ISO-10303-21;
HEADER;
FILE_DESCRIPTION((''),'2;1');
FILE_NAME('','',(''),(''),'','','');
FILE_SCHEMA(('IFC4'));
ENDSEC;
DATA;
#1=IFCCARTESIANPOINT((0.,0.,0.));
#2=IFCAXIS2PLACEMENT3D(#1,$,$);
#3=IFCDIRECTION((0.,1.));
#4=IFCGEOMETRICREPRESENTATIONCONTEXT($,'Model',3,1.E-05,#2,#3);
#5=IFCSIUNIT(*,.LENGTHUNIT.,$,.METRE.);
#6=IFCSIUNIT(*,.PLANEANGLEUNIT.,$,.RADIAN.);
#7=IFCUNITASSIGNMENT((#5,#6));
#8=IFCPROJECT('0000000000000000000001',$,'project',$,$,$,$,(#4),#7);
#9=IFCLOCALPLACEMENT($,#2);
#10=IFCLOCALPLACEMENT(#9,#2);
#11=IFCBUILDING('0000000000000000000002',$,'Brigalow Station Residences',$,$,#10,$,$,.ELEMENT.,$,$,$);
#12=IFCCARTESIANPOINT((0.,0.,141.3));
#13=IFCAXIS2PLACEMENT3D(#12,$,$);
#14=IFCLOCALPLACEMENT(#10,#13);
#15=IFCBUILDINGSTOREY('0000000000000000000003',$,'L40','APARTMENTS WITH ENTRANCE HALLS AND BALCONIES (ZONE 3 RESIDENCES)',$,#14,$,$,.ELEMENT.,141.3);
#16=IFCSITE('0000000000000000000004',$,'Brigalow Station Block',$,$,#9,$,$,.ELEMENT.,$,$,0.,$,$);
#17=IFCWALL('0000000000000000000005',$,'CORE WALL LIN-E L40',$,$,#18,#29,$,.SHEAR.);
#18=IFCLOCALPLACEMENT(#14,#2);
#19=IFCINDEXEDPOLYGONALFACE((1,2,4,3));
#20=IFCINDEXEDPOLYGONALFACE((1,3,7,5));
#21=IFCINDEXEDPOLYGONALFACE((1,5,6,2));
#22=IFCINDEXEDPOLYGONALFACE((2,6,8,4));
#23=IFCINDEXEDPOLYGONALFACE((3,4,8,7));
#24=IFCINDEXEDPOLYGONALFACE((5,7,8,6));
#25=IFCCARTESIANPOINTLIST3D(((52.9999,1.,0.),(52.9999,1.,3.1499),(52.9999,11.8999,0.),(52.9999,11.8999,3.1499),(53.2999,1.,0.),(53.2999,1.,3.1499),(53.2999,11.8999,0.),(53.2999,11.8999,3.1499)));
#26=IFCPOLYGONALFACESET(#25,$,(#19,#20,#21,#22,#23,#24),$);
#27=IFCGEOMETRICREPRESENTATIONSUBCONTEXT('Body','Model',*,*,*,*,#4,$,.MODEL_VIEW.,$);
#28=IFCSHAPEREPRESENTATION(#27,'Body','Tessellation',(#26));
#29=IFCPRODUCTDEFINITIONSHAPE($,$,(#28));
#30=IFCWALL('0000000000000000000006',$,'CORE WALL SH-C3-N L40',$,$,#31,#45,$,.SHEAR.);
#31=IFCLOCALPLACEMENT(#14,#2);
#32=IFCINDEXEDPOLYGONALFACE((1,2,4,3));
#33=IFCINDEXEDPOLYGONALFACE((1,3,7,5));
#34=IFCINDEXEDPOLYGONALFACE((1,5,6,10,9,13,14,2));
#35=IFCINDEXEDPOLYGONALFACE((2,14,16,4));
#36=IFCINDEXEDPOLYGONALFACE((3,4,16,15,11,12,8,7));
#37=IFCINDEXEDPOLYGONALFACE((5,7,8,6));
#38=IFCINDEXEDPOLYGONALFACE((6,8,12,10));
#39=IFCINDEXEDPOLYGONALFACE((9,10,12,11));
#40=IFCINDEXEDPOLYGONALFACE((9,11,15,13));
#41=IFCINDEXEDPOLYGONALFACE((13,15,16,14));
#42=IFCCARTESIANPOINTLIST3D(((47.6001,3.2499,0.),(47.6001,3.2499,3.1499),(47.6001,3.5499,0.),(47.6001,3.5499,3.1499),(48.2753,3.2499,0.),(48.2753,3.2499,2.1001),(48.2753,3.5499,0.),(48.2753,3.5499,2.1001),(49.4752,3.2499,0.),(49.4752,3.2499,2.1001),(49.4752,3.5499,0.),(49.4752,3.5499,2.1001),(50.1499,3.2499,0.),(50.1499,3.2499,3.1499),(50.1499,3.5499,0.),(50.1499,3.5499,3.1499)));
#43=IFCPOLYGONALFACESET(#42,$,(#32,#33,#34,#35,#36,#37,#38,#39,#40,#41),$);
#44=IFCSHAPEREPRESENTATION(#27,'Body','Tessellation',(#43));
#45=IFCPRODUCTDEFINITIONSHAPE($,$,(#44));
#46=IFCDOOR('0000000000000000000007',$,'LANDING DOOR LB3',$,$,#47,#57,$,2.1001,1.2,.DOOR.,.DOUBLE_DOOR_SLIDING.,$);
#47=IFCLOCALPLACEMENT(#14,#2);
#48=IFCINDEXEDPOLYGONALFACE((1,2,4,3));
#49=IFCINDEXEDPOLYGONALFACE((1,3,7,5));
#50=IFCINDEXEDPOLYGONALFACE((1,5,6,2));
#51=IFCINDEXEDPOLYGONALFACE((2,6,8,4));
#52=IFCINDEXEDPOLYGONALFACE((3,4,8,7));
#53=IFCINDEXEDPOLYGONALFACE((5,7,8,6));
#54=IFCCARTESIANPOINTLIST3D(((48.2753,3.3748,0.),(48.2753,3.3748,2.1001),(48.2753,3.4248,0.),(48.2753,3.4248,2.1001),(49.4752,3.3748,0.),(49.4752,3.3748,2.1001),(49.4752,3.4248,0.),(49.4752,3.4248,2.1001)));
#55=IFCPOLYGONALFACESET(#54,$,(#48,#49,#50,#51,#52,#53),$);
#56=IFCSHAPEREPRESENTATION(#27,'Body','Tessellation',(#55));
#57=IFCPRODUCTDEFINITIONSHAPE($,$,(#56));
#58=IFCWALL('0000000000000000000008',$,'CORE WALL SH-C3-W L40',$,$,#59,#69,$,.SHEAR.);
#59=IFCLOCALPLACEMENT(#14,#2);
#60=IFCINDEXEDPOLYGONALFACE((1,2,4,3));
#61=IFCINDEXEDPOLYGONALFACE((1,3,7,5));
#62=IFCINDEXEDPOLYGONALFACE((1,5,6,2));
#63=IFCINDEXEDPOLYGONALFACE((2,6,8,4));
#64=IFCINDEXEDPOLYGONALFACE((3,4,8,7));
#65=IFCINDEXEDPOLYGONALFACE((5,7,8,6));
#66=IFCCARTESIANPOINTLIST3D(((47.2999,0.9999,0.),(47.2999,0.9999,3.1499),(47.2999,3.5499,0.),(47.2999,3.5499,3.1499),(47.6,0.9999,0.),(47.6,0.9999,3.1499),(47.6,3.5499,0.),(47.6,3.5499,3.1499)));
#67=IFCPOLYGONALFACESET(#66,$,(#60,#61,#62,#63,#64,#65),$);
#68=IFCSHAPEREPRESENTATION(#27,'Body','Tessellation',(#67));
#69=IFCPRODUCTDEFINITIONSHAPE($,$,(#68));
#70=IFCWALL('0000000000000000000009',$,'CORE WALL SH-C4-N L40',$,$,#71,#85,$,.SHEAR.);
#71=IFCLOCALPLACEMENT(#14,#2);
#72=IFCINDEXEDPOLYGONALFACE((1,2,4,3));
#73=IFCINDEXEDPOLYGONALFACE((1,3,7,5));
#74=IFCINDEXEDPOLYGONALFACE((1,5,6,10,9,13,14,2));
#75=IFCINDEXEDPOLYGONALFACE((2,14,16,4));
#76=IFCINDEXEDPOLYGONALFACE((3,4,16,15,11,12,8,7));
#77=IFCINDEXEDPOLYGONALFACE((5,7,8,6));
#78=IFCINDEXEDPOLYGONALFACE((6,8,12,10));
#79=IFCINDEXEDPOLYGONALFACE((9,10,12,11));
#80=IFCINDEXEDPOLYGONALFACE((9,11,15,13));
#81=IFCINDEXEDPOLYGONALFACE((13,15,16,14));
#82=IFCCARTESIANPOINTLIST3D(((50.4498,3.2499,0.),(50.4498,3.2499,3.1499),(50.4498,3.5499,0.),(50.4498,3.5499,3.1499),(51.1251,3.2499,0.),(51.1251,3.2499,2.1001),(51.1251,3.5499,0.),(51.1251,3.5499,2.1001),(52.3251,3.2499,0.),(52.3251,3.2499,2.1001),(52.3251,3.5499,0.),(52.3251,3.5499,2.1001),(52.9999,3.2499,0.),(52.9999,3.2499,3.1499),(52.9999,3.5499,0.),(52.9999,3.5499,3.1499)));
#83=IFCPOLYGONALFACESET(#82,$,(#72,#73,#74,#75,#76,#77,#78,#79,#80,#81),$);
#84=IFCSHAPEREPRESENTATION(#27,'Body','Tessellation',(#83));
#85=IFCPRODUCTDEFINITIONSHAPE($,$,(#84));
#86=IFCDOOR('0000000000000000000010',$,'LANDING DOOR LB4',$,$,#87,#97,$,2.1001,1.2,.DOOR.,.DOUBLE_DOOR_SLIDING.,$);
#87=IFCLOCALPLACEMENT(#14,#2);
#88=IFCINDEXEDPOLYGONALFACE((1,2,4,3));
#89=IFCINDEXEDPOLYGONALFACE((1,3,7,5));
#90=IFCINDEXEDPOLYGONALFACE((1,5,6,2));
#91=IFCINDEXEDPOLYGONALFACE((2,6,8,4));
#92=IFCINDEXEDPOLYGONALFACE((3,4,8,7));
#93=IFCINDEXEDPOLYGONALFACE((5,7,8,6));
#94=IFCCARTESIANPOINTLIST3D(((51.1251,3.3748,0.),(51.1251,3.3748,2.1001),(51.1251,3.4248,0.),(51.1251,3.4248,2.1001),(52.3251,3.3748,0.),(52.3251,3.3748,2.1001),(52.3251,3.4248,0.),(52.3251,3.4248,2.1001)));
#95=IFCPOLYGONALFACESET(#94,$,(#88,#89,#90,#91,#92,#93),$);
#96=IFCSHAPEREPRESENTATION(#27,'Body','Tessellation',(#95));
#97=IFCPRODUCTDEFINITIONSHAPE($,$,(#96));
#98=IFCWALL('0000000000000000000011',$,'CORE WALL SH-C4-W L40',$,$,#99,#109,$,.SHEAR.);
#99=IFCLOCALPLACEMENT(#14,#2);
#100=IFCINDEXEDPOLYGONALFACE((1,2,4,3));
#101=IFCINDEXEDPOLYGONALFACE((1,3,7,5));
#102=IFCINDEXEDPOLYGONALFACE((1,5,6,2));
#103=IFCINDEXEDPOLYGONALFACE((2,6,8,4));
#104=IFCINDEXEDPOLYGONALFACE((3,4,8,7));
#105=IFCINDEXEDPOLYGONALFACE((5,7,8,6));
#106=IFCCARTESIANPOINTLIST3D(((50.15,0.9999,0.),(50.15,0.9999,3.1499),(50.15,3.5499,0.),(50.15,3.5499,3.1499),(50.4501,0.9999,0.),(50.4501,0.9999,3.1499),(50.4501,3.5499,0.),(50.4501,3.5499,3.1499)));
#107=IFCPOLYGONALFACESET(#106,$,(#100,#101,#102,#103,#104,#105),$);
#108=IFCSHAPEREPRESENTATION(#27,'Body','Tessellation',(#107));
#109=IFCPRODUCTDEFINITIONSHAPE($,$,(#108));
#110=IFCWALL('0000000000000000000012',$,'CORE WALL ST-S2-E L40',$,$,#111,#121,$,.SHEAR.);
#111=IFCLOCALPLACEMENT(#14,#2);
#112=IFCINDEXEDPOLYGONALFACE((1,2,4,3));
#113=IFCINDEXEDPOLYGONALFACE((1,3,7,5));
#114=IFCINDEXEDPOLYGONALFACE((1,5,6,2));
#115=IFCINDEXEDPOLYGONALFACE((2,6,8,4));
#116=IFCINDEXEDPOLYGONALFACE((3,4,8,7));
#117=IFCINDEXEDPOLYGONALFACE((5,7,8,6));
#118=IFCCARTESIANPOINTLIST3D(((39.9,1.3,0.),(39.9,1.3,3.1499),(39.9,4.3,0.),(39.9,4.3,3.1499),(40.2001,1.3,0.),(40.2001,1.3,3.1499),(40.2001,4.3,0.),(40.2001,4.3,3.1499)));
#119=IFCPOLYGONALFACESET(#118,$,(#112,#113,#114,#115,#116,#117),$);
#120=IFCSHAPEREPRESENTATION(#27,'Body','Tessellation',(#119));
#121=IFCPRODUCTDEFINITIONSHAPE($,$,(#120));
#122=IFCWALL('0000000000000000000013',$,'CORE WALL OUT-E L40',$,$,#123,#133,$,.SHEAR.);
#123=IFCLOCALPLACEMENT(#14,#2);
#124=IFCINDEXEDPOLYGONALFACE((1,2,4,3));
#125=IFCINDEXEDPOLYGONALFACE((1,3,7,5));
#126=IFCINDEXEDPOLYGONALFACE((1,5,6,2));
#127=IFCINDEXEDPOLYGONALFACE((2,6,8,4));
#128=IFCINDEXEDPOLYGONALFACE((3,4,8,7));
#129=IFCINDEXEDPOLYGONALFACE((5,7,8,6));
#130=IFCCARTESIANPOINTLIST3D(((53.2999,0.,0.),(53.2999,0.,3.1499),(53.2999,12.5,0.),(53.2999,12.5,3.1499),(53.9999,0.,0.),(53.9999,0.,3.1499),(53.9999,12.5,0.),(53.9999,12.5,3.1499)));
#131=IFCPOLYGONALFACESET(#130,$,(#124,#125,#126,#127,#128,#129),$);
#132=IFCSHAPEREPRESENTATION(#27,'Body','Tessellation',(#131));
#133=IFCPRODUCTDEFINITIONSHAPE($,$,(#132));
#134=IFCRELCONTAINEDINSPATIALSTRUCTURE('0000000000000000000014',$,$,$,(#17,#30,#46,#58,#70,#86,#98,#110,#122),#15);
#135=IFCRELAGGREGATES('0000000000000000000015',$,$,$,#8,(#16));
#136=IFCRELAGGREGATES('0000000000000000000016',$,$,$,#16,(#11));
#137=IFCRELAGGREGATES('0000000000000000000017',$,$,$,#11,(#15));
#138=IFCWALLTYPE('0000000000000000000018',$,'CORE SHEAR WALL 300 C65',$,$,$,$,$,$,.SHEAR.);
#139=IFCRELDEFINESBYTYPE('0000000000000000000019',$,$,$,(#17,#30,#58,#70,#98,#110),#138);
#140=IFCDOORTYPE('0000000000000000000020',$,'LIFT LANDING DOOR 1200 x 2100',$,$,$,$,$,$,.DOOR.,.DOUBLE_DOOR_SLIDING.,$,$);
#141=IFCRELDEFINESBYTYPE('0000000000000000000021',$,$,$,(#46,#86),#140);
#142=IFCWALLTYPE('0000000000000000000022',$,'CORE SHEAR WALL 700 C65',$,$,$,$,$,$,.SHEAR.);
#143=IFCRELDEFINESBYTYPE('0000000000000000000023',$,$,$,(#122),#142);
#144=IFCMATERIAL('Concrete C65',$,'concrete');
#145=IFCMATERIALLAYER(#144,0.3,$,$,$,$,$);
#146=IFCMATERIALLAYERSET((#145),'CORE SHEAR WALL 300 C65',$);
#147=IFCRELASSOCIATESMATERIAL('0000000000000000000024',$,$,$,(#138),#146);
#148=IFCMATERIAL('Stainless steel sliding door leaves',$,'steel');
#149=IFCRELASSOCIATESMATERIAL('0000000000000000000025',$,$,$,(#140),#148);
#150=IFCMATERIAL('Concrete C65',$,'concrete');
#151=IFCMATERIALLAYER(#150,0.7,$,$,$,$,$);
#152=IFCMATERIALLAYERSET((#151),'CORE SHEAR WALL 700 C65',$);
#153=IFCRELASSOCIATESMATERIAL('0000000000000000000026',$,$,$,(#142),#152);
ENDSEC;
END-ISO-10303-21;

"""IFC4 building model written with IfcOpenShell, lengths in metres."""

from ifc_helpers import new_model, si_unit, direction, frame, frame_2d, origin, place, context, subcontext, project, spatial, rectangle, extrude, material, layer, layer_set, type_object, element, fill, save


model = new_model("IFC4")

# Units and contexts
model_context = context("Model", 3, precision=1e-05, world=origin(), true_north=direction((0.0, 1.0)))
body_context = subcontext(model_context, "Body", "Model", "MODEL_VIEW")
ifc_project = project(units=[si_unit("LENGTHUNIT", "METRE"), si_unit("PLANEANGLEUNIT", "RADIAN")], contexts=[model_context])

# Site, building, storey
site_placement = place(None, origin())
site = spatial("IfcSite", under=ifc_project, at=site_placement, Name="Brigalow Station Block", CompositionType="ELEMENT", RefElevation=0.0)
building_placement = place(site_placement, origin())
building = spatial("IfcBuilding", under=site, at=building_placement, Name="Brigalow Station Residences", CompositionType="ELEMENT")
storey_placement = place(building_placement, frame((0.0, 0.0, 141.3)))
storey = spatial("IfcBuildingStorey", under=building, at=storey_placement, Name="L40", Description="APARTMENTS WITH ENTRANCE HALLS AND BALCONIES (ZONE 3 RESIDENCES)", CompositionType="ELEMENT", Elevation=141.3)

# Wall
ifc_material_1 = material(Name="Concrete C65", Category="concrete")
ifc_layer_1 = layer(ifc_material_1, 0.3)
ifc_layer_set_1 = layer_set([ifc_layer_1], Name="CORE SHEAR WALL 300 C65")
wall_type_1 = type_object("IfcWallType", Name="CORE SHEAR WALL 300 C65", PredefinedType="SHEAR", material=ifc_layer_set_1)
wall_1_placement = place(storey_placement, frame((53.1499, 1.0, 0.0), z_axis=(0.0, 0.0, 1.0), x_axis=(0.0, 1.0, 0.0)))
element("IfcWall", 1, at=wall_1_placement, inside=storey, type_object=wall_type_1, Name="CORE WALL LIN-E L40", PredefinedType="SHEAR", context=body_context, shape_type="SweptSolid", body=[
    extrude(rectangle(XDim=10.8999, YDim=0.3, at=frame_2d((5.45, 0.0))), origin(), (0.0, 0.0, 1.0), 3.1499),
])

# Wall, opening, door
wall_2_placement = place(storey_placement, frame((47.6001, 3.3999, 0.0), z_axis=(0.0, 0.0, 1.0), x_axis=(1.0, 0.0, 0.0)))
wall_2 = element("IfcWall", 2, at=wall_2_placement, inside=storey, type_object=wall_type_1, Name="CORE WALL SH-C3-N L40", PredefinedType="SHEAR", context=body_context, shape_type="SweptSolid", body=[
    extrude(rectangle(XDim=2.5498, YDim=0.3, at=frame_2d((1.2749, 0.0))), origin(), (0.0, 0.0, 1.0), 3.1499),
])
opening_1_placement = place(wall_2_placement, frame((0.675, 0.0, 0.0)))
opening_1 = element("IfcOpeningElement", 3, at=opening_1_placement, cuts=wall_2, PredefinedType="OPENING", context=body_context, shape_type="SweptSolid", body=[
    extrude(rectangle(XDim=1.2, YDim=2.1001, at=frame_2d((0.6001, 1.05))), frame((0.0, 0.1602, 0.0), z_axis=(0.0, -1.0, 0.0), x_axis=(1.0, 0.0, 0.0)), (0.0, 0.0, 1.0), 0.3201),
])
ifc_material_2 = material(Name="Stainless steel sliding door leaves", Category="steel")
door_type_1 = type_object("IfcDoorType", Name="LIFT LANDING DOOR 1200 x 2100", OperationType="DOUBLE_DOOR_SLIDING", PredefinedType="DOOR", material=ifc_material_2)
door_1_placement = place(opening_1_placement, origin())
door_1 = element("IfcDoor", 4, at=door_1_placement, inside=storey, type_object=door_type_1, Name="LANDING DOOR LB3", OperationType="DOUBLE_DOOR_SLIDING", OverallHeight=2.1001, OverallWidth=1.2, PredefinedType="DOOR", context=body_context, shape_type="SweptSolid", body=[
    extrude(rectangle(XDim=1.2, YDim=2.1001, at=frame_2d((0.6001, 1.05))), frame((0.0, 0.0249, 0.0), z_axis=(0.0, -1.0, 0.0), x_axis=(1.0, 0.0, 0.0)), (0.0, 0.0, 1.0), 0.05),
])
fill(opening_1, door_1)

# Wall
wall_3_placement = place(storey_placement, frame((47.45, 1.0, 0.0), z_axis=(0.0, 0.0, 1.0), x_axis=(0.0, 1.0, 0.0)))
element("IfcWall", 5, at=wall_3_placement, inside=storey, type_object=wall_type_1, Name="CORE WALL SH-C3-W L40", PredefinedType="SHEAR", context=body_context, shape_type="SweptSolid", body=[
    extrude(rectangle(XDim=2.55, YDim=0.3, at=frame_2d((1.2749, 0.0))), origin(), (0.0, 0.0, 1.0), 3.1499),
])

# Wall, opening, door
wall_4_placement = place(storey_placement, frame((50.45, 3.3999, 0.0), z_axis=(0.0, 0.0, 1.0), x_axis=(1.0, 0.0, 0.0)))
wall_4 = element("IfcWall", 6, at=wall_4_placement, inside=storey, type_object=wall_type_1, Name="CORE WALL SH-C4-N L40", PredefinedType="SHEAR", context=body_context, shape_type="SweptSolid", body=[
    extrude(rectangle(XDim=2.55, YDim=0.3, at=frame_2d((1.2749, 0.0))), origin(), (0.0, 0.0, 1.0), 3.1499),
])
opening_2_placement = place(wall_4_placement, frame((0.675, 0.0, 0.0)))
opening_2 = element("IfcOpeningElement", 7, at=opening_2_placement, cuts=wall_4, PredefinedType="OPENING", context=body_context, shape_type="SweptSolid", body=[
    extrude(rectangle(XDim=1.2, YDim=2.1001, at=frame_2d((0.6001, 1.05))), frame((0.0, 0.1602, 0.0), z_axis=(0.0, -1.0, 0.0), x_axis=(1.0, 0.0, 0.0)), (0.0, 0.0, 1.0), 0.3201),
])
door_2_placement = place(opening_2_placement, origin())
door_2 = element("IfcDoor", 8, at=door_2_placement, inside=storey, type_object=door_type_1, Name="LANDING DOOR LB4", OperationType="DOUBLE_DOOR_SLIDING", OverallHeight=2.1001, OverallWidth=1.2, PredefinedType="DOOR", context=body_context, shape_type="SweptSolid", body=[
    extrude(rectangle(XDim=1.2, YDim=2.1001, at=frame_2d((0.6001, 1.05))), frame((0.0, 0.0249, 0.0), z_axis=(0.0, -1.0, 0.0), x_axis=(1.0, 0.0, 0.0)), (0.0, 0.0, 1.0), 0.05),
])
fill(opening_2, door_2)

# Walls
wall_5_placement = place(storey_placement, frame((50.3, 1.0, 0.0), z_axis=(0.0, 0.0, 1.0), x_axis=(0.0, 1.0, 0.0)))
element("IfcWall", 9, at=wall_5_placement, inside=storey, type_object=wall_type_1, Name="CORE WALL SH-C4-W L40", PredefinedType="SHEAR", context=body_context, shape_type="SweptSolid", body=[
    extrude(rectangle(XDim=2.55, YDim=0.3, at=frame_2d((1.2749, 0.0))), origin(), (0.0, 0.0, 1.0), 3.1499),
])
wall_6_placement = place(storey_placement, frame((40.05, 1.3, 0.0), z_axis=(0.0, 0.0, 1.0), x_axis=(0.0, 1.0, 0.0)))
element("IfcWall", 10, at=wall_6_placement, inside=storey, type_object=wall_type_1, Name="CORE WALL ST-S2-E L40", PredefinedType="SHEAR", context=body_context, shape_type="SweptSolid", body=[
    extrude(rectangle(XDim=3.0, YDim=0.3, at=frame_2d((1.5, 0.0))), origin(), (0.0, 0.0, 1.0), 3.1499),
])
ifc_material_3 = material(Name="Concrete C65", Category="concrete")
ifc_layer_2 = layer(ifc_material_3, 0.7)
ifc_layer_set_2 = layer_set([ifc_layer_2], Name="CORE SHEAR WALL 700 C65")
wall_type_2 = type_object("IfcWallType", Name="CORE SHEAR WALL 700 C65", PredefinedType="SHEAR", material=ifc_layer_set_2)
wall_7_placement = place(storey_placement, frame((53.6499, 0.0, 0.0), z_axis=(0.0, 0.0, 1.0), x_axis=(0.0, 1.0, 0.0)))
element("IfcWall", 11, at=wall_7_placement, inside=storey, type_object=wall_type_2, Name="CORE WALL OUT-E L40", PredefinedType="SHEAR", context=body_context, shape_type="SweptSolid", body=[
    extrude(rectangle(XDim=12.5, YDim=0.7, at=frame_2d((6.25, 0.0))), origin(), (0.0, 0.0, 1.0), 3.1499),
])

save(model, "model.ifc")
